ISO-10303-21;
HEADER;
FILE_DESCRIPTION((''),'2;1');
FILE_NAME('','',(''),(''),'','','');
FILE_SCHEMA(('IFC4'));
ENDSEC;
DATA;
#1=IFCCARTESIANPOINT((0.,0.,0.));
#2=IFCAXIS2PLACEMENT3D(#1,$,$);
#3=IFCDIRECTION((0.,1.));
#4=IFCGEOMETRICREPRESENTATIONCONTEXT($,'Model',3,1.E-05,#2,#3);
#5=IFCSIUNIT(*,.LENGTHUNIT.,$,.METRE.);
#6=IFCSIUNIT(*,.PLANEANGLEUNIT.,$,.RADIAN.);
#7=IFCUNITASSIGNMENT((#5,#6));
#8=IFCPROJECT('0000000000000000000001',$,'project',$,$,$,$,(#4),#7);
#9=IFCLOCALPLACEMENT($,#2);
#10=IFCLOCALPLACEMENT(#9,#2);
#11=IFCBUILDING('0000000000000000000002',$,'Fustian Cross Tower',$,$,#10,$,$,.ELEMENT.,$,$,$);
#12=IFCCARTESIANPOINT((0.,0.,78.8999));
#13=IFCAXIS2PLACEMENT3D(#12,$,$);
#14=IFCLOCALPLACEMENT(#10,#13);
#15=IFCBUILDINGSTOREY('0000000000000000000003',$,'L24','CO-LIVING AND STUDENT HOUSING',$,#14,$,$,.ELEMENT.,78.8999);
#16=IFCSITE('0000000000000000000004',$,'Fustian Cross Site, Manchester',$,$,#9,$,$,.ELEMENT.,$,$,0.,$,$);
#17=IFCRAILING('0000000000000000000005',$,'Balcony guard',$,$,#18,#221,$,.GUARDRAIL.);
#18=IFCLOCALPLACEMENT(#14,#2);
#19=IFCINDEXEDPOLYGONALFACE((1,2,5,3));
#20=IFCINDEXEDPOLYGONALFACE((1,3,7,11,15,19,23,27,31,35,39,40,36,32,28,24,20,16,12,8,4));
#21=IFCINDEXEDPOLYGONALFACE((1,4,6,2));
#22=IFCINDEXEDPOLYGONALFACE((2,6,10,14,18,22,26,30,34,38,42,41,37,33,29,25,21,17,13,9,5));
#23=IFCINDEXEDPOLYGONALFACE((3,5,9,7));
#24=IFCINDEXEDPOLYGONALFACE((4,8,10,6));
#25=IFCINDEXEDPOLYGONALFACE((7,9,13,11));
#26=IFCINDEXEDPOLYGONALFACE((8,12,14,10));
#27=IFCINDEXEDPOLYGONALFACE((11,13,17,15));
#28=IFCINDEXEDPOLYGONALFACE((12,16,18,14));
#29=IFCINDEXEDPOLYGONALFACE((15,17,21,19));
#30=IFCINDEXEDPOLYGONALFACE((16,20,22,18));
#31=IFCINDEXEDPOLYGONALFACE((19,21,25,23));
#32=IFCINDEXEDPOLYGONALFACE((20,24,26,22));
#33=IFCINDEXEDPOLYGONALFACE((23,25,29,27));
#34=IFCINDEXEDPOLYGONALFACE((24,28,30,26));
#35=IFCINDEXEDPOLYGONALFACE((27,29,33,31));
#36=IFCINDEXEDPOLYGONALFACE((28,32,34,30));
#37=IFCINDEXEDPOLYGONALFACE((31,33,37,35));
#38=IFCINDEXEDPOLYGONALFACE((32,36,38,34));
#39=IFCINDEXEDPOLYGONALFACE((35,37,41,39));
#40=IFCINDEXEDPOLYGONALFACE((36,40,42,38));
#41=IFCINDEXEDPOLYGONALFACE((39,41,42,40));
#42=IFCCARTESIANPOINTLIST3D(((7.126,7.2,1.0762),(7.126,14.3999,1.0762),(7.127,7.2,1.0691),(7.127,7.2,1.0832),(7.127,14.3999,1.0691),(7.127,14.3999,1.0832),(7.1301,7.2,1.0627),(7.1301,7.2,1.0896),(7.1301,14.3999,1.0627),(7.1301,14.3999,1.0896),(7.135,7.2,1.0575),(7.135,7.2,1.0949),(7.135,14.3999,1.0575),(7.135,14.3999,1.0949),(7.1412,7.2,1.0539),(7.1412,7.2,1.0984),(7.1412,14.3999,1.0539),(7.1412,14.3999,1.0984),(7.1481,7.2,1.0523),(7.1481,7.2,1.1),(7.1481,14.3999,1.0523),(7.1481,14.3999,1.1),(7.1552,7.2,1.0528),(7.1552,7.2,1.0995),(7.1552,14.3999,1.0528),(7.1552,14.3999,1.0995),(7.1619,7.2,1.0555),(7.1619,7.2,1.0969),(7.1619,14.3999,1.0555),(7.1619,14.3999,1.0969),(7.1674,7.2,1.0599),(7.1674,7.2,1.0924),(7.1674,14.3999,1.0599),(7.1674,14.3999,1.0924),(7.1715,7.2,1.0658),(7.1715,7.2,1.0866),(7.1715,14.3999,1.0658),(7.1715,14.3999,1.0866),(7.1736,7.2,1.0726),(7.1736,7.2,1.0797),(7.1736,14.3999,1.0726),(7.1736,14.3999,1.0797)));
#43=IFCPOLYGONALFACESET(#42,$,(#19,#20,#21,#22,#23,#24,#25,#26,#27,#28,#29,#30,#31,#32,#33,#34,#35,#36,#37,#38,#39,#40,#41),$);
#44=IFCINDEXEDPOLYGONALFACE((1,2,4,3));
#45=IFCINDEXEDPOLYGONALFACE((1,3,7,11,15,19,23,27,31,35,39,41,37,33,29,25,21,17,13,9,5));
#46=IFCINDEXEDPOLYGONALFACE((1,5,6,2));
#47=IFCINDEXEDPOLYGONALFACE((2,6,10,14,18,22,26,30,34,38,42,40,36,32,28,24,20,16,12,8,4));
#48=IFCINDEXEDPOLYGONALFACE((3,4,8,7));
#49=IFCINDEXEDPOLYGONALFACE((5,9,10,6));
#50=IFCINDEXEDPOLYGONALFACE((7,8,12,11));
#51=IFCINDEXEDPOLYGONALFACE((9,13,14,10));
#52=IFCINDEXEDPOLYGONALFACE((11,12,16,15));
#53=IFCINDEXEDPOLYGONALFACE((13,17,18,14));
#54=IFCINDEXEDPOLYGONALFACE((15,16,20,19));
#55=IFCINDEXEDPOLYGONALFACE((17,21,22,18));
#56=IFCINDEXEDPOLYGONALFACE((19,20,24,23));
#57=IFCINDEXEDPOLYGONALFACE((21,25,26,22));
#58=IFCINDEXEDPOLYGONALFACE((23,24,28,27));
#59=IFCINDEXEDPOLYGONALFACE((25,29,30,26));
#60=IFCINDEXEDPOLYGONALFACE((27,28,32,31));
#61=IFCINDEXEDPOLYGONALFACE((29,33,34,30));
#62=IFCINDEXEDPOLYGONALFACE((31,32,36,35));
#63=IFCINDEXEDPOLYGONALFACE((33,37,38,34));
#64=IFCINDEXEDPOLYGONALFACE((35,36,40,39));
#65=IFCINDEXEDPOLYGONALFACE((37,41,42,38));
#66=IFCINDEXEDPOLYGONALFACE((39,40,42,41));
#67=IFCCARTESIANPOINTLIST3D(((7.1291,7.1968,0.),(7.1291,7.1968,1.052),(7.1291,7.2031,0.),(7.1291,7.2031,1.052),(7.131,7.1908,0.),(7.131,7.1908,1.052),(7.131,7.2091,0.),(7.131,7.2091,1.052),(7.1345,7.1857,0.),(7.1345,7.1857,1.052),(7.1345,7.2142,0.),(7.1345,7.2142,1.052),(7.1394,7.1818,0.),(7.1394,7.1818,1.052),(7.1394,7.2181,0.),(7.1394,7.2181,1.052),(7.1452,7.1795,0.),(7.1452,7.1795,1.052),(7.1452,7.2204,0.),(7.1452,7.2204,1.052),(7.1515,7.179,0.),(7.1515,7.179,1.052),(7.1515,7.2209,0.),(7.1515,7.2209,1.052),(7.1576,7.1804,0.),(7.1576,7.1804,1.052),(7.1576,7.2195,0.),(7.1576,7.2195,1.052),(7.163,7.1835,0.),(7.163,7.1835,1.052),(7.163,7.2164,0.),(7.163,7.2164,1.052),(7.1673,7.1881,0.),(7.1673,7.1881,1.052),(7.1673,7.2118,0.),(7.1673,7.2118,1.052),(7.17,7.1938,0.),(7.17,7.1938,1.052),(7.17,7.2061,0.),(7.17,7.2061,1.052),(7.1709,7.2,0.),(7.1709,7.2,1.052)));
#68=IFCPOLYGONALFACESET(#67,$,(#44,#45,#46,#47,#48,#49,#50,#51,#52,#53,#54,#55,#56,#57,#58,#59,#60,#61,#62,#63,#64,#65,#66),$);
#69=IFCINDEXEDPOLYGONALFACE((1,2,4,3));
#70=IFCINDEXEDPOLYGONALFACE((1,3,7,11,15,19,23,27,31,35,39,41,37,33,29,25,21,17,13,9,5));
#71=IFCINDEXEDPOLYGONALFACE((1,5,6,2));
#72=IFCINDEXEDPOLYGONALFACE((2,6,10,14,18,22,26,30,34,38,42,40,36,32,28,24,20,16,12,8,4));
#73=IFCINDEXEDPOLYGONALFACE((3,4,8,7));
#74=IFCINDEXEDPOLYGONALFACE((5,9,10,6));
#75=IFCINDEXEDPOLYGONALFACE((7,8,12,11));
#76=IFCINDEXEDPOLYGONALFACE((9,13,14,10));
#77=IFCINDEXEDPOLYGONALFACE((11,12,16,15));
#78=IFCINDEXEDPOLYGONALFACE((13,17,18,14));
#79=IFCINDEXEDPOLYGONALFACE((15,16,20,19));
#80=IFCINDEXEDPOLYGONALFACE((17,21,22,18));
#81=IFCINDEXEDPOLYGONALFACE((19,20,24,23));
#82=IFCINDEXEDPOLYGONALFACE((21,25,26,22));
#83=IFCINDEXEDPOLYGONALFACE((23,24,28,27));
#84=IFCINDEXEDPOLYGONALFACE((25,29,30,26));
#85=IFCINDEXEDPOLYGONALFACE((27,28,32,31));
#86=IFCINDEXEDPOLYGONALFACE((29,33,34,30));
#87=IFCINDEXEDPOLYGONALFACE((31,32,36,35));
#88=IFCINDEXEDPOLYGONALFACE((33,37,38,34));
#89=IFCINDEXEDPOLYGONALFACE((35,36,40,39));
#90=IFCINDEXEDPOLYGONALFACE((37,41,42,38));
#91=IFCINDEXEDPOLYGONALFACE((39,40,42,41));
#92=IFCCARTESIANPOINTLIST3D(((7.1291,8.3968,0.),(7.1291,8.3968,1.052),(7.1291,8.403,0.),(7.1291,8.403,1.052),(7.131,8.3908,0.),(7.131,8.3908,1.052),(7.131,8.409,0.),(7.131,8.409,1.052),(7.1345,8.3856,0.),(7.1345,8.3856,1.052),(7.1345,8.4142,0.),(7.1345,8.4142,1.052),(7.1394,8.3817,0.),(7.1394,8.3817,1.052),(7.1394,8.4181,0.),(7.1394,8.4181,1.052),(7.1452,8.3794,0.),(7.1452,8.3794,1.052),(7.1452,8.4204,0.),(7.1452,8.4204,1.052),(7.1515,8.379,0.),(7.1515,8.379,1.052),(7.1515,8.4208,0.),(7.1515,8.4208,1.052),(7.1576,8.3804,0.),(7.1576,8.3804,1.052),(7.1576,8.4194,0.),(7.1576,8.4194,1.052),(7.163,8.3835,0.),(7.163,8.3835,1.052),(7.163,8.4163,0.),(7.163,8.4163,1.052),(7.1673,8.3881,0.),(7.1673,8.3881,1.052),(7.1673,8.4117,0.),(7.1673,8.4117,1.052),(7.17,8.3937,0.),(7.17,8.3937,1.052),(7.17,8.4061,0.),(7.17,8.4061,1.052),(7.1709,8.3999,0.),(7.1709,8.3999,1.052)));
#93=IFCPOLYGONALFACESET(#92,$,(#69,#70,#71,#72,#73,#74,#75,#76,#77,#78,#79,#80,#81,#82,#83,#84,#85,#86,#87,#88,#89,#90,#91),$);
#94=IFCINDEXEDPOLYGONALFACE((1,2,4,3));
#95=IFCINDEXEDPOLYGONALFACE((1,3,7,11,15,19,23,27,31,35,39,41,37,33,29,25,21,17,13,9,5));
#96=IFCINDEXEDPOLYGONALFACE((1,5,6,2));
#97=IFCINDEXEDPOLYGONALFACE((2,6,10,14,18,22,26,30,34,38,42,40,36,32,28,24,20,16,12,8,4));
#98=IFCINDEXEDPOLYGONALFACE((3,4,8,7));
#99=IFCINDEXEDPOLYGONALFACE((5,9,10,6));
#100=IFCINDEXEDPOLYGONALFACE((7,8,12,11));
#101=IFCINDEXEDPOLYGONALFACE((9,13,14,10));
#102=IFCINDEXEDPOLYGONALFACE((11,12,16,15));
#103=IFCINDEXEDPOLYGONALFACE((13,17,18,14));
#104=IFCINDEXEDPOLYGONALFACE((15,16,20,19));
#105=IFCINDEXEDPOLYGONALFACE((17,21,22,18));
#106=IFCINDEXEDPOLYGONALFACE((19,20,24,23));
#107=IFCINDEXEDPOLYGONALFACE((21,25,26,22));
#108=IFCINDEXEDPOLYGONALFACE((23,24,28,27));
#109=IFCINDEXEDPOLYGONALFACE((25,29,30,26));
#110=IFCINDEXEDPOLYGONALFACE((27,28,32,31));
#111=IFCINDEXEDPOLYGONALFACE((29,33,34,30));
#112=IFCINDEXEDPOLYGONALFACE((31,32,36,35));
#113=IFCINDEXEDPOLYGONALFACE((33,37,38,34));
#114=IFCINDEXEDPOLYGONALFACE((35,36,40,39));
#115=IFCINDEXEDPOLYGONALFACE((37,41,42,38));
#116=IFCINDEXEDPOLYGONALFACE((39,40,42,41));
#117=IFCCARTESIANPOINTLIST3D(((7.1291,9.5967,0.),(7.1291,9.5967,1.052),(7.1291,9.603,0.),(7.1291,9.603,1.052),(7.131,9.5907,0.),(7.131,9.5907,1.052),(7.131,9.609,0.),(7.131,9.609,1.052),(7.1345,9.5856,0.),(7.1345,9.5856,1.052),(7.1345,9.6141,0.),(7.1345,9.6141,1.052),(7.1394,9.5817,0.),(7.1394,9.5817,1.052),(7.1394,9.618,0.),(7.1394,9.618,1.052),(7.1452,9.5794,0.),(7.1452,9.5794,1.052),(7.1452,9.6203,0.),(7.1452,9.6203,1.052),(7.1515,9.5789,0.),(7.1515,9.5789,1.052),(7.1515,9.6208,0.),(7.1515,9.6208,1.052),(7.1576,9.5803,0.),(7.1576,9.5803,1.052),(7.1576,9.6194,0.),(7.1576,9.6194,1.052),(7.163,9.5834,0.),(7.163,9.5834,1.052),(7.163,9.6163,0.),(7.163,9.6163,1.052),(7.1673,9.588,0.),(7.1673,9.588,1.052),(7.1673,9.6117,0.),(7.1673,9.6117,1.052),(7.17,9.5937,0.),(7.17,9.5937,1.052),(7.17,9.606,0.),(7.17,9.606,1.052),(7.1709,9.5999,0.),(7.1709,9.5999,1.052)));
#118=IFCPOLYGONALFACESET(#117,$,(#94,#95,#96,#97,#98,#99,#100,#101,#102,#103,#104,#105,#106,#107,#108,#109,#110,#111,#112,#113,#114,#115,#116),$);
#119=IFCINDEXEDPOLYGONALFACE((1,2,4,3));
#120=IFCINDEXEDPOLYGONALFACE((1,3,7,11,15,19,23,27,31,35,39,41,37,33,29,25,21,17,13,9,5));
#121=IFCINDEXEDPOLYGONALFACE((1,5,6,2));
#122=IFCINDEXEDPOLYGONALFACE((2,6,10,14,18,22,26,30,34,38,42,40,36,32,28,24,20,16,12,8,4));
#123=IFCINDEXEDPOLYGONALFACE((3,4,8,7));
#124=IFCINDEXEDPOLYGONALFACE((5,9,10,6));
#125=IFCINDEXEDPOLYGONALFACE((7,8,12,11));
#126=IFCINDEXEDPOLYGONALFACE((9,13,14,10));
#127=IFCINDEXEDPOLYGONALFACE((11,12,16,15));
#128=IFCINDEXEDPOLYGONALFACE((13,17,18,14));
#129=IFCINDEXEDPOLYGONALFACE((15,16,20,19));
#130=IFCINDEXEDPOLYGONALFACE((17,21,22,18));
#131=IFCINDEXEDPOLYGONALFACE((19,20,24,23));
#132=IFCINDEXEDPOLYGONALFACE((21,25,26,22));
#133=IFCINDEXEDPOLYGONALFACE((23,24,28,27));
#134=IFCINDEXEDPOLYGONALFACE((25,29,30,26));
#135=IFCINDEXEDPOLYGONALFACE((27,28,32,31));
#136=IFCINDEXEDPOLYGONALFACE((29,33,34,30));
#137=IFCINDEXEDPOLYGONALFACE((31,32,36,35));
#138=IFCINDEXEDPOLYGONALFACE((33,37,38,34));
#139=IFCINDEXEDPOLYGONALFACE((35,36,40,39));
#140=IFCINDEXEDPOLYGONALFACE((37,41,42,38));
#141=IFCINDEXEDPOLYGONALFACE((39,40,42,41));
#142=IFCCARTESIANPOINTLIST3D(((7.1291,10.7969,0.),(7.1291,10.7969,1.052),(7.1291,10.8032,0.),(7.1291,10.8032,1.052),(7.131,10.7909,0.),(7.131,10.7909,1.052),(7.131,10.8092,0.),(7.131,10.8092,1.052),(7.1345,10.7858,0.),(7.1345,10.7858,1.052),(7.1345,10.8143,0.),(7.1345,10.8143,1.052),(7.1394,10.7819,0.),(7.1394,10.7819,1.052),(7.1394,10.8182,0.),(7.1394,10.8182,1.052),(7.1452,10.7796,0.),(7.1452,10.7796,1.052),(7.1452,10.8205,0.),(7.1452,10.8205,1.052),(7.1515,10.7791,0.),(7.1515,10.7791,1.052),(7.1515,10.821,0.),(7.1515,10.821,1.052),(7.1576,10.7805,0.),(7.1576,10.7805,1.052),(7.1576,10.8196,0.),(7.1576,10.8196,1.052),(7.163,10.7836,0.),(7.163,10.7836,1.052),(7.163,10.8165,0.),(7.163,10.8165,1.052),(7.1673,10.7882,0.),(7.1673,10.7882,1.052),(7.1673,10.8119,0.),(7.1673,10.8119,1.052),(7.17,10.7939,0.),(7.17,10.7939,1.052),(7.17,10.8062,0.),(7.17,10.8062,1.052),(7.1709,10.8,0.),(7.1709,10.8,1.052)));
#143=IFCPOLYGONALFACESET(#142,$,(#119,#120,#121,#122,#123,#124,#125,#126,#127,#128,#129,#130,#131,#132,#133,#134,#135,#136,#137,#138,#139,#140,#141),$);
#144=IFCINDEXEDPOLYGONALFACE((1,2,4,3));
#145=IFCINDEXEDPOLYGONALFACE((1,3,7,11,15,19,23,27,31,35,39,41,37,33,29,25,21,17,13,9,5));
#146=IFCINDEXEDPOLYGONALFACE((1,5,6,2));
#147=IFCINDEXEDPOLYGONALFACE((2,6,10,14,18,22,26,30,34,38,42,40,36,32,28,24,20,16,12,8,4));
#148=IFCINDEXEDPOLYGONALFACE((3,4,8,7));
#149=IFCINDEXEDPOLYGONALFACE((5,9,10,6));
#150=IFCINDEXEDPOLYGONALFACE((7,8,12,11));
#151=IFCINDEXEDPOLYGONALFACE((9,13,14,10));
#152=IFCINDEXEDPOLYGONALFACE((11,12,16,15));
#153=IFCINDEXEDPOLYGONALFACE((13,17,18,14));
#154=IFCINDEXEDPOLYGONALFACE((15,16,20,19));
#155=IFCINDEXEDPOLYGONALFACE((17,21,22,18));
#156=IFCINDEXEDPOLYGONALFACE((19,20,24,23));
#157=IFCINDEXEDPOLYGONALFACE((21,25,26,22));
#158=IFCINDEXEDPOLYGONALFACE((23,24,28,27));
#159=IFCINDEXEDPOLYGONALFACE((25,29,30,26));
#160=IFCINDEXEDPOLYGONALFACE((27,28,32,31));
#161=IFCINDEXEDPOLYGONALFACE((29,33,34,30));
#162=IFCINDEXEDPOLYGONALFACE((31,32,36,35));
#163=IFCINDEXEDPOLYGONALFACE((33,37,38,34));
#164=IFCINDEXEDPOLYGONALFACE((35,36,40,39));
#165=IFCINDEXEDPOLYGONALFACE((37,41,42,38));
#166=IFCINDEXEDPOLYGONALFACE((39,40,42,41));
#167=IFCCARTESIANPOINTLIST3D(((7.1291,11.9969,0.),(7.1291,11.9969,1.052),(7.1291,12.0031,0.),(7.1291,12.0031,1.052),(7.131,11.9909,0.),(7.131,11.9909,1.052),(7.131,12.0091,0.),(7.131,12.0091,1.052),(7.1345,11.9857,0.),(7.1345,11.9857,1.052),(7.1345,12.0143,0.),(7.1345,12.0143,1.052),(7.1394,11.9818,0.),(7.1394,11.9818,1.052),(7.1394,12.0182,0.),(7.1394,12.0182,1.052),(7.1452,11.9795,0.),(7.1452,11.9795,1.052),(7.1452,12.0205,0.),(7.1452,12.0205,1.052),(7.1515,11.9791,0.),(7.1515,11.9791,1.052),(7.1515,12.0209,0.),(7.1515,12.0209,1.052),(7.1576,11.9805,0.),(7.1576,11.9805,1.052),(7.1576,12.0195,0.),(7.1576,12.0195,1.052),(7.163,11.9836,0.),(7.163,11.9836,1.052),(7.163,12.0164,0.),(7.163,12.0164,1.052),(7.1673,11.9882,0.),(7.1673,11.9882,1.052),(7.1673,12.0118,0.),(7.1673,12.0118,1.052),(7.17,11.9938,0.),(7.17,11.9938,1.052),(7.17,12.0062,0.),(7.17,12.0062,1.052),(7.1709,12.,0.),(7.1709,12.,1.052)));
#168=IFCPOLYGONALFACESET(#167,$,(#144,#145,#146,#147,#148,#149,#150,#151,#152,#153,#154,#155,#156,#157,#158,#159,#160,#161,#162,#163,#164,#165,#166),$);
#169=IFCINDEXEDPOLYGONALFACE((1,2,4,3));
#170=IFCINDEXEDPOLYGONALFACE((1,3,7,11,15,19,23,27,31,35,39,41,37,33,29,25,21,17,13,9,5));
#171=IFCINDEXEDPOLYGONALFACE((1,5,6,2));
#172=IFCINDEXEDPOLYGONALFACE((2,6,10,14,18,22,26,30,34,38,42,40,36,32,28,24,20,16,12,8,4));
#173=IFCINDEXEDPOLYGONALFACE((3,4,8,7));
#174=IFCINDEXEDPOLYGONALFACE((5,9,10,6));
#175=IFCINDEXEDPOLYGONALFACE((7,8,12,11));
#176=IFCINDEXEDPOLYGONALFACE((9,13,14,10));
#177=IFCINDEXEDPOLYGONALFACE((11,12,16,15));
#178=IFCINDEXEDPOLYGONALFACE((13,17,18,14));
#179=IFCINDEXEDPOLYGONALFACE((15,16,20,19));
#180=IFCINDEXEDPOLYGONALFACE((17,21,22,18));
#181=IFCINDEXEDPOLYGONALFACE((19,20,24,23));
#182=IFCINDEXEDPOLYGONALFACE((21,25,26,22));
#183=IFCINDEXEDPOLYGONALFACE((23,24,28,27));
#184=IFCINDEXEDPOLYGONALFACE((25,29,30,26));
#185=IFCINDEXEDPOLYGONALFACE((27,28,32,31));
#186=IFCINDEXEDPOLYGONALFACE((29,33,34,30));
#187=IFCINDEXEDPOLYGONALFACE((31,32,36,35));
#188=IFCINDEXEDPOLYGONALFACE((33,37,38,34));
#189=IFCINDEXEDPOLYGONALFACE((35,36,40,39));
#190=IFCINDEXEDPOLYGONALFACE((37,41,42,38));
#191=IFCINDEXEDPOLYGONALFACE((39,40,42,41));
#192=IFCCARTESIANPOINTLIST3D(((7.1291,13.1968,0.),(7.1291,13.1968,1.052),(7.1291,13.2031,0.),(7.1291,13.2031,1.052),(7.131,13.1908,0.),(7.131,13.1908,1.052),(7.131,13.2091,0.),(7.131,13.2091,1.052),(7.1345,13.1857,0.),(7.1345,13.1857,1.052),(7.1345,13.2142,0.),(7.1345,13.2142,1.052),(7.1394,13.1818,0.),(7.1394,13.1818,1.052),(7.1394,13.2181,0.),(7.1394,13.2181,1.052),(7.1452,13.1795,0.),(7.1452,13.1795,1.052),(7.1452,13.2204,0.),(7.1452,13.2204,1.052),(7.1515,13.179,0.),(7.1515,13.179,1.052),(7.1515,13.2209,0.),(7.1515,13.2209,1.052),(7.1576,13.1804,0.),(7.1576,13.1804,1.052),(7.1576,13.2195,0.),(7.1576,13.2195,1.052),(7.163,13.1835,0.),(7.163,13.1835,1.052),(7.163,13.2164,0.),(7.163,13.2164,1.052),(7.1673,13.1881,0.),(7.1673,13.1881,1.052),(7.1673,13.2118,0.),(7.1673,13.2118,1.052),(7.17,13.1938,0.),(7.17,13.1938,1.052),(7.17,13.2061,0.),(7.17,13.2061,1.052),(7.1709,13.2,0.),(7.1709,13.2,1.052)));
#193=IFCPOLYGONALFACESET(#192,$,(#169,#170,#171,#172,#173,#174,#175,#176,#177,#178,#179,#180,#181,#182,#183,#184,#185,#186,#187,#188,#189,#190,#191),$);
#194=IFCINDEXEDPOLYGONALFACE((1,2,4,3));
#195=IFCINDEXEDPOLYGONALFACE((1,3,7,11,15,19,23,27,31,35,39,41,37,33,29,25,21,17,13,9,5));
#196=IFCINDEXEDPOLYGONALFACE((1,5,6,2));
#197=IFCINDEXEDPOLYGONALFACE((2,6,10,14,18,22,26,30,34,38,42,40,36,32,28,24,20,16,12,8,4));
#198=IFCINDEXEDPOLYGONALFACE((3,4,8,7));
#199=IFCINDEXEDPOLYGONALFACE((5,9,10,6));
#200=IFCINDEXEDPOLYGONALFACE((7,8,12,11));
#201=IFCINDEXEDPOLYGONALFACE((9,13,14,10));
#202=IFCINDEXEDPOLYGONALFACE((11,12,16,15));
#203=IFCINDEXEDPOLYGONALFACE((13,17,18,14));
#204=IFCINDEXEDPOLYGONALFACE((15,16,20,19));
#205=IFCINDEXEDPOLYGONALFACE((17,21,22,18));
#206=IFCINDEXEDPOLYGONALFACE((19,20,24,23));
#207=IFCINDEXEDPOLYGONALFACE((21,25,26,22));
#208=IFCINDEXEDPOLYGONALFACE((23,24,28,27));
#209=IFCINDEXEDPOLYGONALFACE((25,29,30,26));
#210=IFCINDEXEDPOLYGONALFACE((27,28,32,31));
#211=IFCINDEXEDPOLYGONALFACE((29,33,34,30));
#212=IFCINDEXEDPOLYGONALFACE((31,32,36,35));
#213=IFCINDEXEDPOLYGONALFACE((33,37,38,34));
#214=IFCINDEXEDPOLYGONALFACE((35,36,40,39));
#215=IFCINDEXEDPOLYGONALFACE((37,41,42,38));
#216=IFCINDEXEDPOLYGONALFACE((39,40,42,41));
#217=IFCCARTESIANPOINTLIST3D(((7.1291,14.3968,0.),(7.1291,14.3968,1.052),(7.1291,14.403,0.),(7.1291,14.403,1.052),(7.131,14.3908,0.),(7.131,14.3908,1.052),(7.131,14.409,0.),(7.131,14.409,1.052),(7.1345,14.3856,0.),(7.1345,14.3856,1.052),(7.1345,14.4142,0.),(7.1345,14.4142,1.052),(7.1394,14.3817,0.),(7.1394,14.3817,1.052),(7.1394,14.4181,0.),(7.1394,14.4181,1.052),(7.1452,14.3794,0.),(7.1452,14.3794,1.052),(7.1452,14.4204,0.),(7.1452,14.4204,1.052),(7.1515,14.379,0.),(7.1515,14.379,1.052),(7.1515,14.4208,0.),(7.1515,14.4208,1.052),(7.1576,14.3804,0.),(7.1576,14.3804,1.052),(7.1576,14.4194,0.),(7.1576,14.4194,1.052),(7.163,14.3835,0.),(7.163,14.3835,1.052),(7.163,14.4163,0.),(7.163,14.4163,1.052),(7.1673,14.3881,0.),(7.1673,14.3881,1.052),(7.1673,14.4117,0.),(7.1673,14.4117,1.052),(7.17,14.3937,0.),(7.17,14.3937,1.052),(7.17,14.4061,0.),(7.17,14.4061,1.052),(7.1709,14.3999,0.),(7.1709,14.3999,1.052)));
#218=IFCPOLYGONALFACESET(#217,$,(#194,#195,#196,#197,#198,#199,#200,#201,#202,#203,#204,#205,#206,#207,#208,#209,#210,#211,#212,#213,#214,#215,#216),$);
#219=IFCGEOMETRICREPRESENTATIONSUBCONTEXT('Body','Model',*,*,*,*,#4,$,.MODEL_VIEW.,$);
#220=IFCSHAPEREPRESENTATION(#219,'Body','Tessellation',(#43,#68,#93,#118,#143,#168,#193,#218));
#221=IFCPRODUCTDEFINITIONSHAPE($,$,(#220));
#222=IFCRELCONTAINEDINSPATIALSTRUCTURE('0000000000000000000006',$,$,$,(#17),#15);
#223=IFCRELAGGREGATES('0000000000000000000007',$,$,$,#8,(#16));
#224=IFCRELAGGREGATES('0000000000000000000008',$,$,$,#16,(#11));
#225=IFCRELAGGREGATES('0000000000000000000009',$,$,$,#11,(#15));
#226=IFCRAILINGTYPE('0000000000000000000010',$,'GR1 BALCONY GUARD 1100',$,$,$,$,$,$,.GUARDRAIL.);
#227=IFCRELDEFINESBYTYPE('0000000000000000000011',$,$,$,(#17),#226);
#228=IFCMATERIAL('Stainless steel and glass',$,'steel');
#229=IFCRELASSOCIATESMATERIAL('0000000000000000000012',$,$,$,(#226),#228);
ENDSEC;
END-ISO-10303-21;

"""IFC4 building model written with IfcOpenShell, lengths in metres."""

from ifc_helpers import new_model, si_unit, direction, frame, origin, origin_2d, place, context, subcontext, project, spatial, circle, extrude, material, type_object, element, save


model = new_model("IFC4")

# Units and contexts
model_context = context("Model", 3, precision=1e-05, world=origin(), true_north=direction((0.0, 1.0)))
body_context = subcontext(model_context, "Body", "Model", "MODEL_VIEW")
ifc_project = project(units=[si_unit("LENGTHUNIT", "METRE"), si_unit("PLANEANGLEUNIT", "RADIAN")], contexts=[model_context])

# Site, building, storey
site_placement = place(None, origin())
site = spatial("IfcSite", under=ifc_project, at=site_placement, Name="Fustian Cross Site, Manchester", CompositionType="ELEMENT", RefElevation=0.0)
building_placement = place(site_placement, origin())
building = spatial("IfcBuilding", under=site, at=building_placement, Name="Fustian Cross Tower", CompositionType="ELEMENT")
storey_placement = place(building_placement, frame((0.0, 0.0, 78.8999)))
storey = spatial("IfcBuildingStorey", under=building, at=storey_placement, Name="L24", Description="CO-LIVING AND STUDENT HOUSING", CompositionType="ELEMENT", Elevation=78.8999)

# Railing
ifc_material_1 = material(Name="Stainless steel and glass", Category="steel")
railing_type = type_object("IfcRailingType", Name="GR1 BALCONY GUARD 1100", PredefinedType="GUARDRAIL", material=ifc_material_1)
railing_placement = place(storey_placement, frame((7.1499, 7.2, 0.0)))
element("IfcRailing", 1, at=railing_placement, inside=storey, type_object=railing_type, Name="Balcony guard", PredefinedType="GUARDRAIL", context=body_context, shape_type="SweptSolid", body=[
    extrude(circle(Radius=0.0239, at=origin_2d()), frame((0.0, 0.0, 1.0762), z_axis=(0.0, 1.0, 0.0), x_axis=(-1.0, 0.0, 0.0)), (0.0, 0.0, 1.0), 7.2),
    extrude(circle(Radius=0.021, at=origin_2d()), origin(), (0.0, 0.0, 1.0), 1.052),
    extrude(circle(Radius=0.021, at=origin_2d()), frame((0.0, 1.2, 0.0)), (0.0, 0.0, 1.0), 1.052),
    extrude(circle(Radius=0.021, at=origin_2d()), frame((0.0, 2.3999, 0.0)), (0.0, 0.0, 1.0), 1.052),
    extrude(circle(Radius=0.021, at=origin_2d()), frame((0.0, 3.6001, 0.0)), (0.0, 0.0, 1.0), 1.052),
    extrude(circle(Radius=0.021, at=origin_2d()), frame((0.0, 4.8, 0.0)), (0.0, 0.0, 1.0), 1.052),
    extrude(circle(Radius=0.021, at=origin_2d()), frame((0.0, 6.0, 0.0)), (0.0, 0.0, 1.0), 1.052),
    extrude(circle(Radius=0.021, at=origin_2d()), frame((0.0, 7.2, 0.0)), (0.0, 0.0, 1.0), 1.052),
])

save(model, "model.ifc")
